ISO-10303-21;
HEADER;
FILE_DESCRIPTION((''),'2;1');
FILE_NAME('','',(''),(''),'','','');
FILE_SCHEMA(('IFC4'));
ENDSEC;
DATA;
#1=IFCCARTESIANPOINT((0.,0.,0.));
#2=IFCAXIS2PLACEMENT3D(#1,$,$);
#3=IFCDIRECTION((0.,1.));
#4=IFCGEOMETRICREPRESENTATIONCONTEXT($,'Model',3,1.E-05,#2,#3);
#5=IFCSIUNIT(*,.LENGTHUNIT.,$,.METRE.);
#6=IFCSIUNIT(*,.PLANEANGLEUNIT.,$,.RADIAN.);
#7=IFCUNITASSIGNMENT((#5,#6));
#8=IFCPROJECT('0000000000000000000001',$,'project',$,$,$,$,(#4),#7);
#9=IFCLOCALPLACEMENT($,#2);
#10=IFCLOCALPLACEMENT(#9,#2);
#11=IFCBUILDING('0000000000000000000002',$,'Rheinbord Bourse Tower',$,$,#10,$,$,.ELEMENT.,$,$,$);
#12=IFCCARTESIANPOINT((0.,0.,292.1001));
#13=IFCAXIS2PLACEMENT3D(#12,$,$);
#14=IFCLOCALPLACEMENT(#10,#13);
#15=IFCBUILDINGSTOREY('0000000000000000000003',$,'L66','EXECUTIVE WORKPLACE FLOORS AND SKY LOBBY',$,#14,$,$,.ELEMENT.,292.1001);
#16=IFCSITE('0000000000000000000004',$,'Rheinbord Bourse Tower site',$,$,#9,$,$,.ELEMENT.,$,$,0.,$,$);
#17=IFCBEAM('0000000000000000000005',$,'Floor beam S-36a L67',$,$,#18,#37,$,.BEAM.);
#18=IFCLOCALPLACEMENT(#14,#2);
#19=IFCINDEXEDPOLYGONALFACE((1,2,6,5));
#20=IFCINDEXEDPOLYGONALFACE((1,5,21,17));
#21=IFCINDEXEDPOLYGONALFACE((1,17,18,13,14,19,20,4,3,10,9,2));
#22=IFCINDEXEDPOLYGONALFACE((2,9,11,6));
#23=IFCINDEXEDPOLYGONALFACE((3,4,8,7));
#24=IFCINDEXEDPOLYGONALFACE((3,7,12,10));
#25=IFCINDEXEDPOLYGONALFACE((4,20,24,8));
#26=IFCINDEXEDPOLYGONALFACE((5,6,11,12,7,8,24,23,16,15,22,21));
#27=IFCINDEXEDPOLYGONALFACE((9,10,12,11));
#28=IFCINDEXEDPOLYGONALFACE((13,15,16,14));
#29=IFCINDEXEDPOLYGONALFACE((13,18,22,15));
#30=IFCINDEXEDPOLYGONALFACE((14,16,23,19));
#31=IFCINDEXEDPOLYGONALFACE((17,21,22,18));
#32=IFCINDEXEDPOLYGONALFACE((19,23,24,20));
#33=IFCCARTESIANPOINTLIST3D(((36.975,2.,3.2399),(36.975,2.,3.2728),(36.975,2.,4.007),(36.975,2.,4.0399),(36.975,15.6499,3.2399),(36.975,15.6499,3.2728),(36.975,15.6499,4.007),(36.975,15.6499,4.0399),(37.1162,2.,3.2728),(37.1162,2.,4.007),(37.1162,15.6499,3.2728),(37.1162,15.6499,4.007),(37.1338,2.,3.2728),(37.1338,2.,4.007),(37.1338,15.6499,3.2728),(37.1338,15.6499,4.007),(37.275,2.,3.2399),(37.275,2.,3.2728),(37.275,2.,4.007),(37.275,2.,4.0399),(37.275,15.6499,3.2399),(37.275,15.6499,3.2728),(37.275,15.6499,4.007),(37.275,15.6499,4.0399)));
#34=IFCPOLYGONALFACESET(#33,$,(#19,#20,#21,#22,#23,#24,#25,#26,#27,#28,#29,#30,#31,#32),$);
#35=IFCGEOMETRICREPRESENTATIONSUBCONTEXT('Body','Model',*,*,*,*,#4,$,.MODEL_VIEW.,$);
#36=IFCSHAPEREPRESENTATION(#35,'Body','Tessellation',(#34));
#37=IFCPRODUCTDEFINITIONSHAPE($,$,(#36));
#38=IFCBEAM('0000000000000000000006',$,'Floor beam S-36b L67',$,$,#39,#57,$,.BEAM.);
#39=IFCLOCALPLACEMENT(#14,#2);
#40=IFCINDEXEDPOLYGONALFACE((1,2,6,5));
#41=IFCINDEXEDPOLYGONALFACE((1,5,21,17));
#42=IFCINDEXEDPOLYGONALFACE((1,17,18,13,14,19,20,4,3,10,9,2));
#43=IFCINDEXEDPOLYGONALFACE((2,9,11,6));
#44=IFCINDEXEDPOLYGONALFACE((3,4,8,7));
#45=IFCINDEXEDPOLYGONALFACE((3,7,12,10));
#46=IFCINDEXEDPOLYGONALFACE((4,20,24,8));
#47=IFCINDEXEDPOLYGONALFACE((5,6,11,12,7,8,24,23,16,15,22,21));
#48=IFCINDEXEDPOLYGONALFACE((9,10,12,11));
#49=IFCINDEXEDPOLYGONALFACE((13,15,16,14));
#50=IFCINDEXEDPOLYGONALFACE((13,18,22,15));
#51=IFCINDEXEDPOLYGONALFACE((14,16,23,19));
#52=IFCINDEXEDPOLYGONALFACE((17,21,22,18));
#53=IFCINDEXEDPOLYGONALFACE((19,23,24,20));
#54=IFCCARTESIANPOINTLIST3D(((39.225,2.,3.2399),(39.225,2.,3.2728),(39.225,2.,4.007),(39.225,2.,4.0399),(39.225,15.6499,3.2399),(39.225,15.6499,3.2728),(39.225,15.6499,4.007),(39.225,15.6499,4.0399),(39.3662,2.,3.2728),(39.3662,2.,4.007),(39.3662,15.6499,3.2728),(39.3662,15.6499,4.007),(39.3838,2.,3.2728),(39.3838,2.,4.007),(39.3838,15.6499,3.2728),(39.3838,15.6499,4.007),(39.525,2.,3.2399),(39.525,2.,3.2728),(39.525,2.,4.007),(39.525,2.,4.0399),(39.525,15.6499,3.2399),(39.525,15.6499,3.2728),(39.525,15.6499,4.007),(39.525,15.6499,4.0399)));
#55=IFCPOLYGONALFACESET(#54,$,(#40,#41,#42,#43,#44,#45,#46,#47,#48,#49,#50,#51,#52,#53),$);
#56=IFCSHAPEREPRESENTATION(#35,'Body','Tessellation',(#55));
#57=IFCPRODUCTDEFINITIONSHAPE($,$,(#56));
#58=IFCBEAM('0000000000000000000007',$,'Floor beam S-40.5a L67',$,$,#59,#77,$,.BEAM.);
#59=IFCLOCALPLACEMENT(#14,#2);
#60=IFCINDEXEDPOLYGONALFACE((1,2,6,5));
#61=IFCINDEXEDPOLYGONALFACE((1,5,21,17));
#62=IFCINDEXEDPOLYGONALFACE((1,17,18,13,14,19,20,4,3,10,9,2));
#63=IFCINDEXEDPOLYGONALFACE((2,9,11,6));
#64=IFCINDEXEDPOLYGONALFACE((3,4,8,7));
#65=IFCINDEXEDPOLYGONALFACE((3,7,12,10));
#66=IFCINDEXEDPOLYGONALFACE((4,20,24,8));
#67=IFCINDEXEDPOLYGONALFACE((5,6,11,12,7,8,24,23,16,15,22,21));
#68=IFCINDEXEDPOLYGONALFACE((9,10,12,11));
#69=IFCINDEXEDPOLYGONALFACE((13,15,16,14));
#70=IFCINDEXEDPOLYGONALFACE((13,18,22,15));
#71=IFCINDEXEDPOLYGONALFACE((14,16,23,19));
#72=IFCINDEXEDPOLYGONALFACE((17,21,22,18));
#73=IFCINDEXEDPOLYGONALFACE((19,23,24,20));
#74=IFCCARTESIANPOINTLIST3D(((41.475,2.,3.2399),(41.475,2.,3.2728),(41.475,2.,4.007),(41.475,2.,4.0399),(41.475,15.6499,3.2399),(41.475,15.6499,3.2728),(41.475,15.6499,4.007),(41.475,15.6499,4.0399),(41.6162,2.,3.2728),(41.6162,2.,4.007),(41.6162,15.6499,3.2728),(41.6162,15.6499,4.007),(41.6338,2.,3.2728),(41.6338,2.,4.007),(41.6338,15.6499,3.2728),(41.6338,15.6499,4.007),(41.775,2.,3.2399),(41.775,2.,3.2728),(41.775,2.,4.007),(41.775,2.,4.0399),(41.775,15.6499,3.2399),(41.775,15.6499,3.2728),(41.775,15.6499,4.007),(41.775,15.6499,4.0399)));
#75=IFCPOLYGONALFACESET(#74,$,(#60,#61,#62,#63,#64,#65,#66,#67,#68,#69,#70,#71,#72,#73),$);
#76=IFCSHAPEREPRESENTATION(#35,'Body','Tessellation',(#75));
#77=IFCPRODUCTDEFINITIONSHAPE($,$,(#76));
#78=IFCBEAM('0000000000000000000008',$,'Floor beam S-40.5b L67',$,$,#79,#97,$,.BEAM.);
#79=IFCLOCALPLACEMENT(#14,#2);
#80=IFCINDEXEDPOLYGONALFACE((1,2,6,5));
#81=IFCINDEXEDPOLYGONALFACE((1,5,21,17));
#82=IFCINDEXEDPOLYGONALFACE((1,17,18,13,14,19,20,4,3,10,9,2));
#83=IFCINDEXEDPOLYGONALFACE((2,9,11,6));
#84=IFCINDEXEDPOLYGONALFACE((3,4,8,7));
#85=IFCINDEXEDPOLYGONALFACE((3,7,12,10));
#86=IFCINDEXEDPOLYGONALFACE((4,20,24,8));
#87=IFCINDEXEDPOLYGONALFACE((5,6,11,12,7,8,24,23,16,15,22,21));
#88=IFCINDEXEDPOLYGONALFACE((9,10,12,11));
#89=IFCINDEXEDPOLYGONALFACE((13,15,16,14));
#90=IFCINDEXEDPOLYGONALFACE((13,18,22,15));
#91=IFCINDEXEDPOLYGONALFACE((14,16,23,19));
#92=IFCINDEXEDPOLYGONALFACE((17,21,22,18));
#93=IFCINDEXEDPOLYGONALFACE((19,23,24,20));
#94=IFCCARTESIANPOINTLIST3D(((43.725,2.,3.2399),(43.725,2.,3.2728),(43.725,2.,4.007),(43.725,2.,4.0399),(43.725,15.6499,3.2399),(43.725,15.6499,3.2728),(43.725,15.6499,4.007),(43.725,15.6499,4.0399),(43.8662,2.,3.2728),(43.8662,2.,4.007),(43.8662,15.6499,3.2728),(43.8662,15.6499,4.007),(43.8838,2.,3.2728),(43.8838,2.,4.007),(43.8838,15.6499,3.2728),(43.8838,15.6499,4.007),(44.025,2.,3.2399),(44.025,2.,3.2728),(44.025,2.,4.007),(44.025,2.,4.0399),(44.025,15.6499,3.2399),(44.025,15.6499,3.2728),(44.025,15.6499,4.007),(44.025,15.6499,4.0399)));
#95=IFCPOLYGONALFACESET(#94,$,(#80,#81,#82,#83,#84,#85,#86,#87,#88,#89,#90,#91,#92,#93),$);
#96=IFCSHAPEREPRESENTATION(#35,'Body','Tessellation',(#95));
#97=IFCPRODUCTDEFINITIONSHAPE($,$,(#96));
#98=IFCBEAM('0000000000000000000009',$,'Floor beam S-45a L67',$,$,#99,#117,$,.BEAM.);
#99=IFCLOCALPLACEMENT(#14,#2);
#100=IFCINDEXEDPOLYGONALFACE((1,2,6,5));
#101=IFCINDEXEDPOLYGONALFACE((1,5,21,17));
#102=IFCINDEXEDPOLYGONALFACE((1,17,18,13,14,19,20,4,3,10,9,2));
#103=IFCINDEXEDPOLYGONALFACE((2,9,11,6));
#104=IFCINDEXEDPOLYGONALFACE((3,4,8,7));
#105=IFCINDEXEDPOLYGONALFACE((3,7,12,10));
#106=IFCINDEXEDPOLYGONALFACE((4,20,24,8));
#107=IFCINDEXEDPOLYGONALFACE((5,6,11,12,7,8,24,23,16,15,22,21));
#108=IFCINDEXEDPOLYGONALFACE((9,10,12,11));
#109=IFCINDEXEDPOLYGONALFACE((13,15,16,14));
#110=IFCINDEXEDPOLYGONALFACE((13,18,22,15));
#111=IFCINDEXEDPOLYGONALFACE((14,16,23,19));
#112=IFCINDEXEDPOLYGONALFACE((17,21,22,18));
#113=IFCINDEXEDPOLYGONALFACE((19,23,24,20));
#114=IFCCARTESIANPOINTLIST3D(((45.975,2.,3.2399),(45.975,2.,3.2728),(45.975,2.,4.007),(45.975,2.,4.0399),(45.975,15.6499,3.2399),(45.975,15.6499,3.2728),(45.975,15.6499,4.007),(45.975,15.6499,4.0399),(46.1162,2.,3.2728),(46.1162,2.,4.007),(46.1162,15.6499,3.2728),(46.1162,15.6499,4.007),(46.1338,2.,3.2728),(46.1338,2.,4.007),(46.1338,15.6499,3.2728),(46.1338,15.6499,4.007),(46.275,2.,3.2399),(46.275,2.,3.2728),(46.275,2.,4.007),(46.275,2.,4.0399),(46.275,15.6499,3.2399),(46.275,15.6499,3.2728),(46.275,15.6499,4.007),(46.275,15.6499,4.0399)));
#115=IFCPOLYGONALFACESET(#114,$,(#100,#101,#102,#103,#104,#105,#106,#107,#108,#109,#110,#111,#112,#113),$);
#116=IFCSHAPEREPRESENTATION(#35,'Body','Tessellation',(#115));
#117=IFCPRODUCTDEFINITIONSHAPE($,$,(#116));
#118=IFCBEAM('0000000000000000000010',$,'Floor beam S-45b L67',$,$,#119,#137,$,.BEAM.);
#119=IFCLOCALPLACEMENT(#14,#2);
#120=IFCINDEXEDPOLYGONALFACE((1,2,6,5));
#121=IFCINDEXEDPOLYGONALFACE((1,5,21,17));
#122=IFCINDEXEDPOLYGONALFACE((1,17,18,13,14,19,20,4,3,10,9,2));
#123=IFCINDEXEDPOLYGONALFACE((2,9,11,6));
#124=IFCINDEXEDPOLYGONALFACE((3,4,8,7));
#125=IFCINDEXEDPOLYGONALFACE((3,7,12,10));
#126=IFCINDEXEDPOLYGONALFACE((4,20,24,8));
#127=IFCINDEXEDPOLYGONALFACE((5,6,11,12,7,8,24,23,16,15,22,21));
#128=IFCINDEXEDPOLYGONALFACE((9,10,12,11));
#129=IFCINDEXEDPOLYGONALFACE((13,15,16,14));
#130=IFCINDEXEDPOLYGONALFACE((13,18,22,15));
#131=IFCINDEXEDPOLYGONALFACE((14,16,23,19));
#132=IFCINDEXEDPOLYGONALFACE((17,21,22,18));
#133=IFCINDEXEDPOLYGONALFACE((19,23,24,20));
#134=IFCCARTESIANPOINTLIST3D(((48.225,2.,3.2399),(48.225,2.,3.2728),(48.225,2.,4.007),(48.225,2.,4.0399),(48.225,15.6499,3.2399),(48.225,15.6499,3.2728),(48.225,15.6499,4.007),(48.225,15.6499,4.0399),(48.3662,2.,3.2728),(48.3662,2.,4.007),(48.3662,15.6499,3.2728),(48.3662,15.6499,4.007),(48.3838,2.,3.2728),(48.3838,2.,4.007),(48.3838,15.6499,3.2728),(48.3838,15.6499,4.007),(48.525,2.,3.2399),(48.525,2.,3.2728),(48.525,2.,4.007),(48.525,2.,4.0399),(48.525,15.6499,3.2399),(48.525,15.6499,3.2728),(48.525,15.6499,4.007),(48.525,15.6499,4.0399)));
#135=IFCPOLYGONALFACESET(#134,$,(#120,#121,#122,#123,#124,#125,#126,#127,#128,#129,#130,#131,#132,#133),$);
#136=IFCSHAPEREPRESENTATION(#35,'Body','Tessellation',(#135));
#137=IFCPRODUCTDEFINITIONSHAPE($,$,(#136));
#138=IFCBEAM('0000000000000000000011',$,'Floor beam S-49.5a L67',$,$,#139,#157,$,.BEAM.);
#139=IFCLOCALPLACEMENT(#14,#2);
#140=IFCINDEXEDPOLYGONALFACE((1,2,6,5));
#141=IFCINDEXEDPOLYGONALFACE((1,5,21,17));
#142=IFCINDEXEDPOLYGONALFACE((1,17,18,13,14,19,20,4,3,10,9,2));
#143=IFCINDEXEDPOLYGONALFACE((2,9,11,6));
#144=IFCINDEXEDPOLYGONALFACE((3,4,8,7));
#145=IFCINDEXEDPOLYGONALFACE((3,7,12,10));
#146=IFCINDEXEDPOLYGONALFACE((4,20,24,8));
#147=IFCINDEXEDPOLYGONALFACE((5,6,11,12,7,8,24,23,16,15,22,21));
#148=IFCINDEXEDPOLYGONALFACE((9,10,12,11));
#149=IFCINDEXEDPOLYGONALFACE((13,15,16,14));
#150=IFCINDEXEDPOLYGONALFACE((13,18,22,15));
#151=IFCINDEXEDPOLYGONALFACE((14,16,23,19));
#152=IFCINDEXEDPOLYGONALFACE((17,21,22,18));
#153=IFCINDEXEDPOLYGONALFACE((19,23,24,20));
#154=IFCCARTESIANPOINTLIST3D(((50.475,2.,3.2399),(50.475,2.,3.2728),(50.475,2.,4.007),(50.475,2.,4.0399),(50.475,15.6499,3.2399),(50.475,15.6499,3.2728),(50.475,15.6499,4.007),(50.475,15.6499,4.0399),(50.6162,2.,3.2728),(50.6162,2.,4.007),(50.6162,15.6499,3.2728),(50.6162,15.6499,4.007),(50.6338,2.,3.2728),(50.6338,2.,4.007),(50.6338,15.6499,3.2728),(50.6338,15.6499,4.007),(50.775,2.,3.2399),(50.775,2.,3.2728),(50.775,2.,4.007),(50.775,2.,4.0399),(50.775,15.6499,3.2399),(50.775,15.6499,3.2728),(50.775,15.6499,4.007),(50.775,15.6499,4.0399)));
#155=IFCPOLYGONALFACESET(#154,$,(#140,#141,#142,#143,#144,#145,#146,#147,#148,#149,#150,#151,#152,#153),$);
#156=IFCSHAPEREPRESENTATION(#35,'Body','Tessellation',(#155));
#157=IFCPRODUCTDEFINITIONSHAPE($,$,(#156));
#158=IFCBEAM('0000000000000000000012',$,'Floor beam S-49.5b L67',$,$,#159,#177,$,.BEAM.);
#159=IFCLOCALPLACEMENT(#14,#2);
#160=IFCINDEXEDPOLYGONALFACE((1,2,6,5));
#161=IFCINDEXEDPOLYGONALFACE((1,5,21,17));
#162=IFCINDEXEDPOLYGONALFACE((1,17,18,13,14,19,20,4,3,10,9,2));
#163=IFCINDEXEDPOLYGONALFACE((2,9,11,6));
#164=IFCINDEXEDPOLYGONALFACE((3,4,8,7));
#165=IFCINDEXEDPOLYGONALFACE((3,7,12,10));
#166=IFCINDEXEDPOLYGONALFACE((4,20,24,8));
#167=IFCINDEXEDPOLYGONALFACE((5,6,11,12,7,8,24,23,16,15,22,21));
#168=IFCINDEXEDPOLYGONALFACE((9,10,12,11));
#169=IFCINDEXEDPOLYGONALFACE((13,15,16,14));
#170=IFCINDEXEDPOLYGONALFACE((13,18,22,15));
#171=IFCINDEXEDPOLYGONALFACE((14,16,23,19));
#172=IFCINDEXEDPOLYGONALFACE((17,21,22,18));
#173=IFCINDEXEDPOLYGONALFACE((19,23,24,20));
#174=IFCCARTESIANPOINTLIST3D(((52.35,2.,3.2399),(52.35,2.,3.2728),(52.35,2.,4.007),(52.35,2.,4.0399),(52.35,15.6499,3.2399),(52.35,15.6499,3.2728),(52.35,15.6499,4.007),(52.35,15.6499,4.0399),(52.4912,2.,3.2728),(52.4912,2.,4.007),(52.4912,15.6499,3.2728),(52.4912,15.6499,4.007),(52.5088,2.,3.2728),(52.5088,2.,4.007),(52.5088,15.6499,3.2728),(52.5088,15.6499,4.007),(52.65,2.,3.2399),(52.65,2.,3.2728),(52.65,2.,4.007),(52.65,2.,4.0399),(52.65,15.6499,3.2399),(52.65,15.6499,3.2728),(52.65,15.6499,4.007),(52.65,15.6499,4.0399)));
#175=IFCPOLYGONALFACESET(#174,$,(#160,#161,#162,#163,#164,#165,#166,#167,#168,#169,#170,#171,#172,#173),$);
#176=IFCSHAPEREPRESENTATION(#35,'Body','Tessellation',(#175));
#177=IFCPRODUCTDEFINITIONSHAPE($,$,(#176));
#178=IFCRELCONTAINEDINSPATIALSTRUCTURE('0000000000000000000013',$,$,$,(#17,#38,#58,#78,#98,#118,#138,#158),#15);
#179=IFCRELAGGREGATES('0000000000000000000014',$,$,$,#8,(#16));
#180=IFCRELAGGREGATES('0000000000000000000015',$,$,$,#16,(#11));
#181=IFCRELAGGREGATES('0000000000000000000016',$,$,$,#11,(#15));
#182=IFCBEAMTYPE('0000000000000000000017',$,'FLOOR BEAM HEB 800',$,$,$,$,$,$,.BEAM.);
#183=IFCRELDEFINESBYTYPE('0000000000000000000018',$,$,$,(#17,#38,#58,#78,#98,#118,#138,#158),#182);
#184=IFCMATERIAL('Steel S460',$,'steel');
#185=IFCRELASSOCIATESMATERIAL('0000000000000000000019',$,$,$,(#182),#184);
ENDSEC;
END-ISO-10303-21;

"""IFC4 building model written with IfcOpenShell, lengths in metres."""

from ifc_helpers import new_model, si_unit, direction, frame, origin, origin_2d, place, context, subcontext, project, spatial, i_section, extrude, material, material_profile, profile_set, type_object, element, save


model = new_model("IFC4")

# Units and contexts
model_context = context("Model", 3, precision=1e-05, world=origin(), true_north=direction((0.0, 1.0)))
body_context = subcontext(model_context, "Body", "Model", "MODEL_VIEW")
ifc_project = project(units=[si_unit("LENGTHUNIT", "METRE"), si_unit("PLANEANGLEUNIT", "RADIAN")], contexts=[model_context])

# Site, building, storey
site_placement = place(None, origin())
site = spatial("IfcSite", under=ifc_project, at=site_placement, Name="Rheinbord Bourse Tower site", CompositionType="ELEMENT", RefElevation=0.0)
building_placement = place(site_placement, origin())
building = spatial("IfcBuilding", under=site, at=building_placement, Name="Rheinbord Bourse Tower", CompositionType="ELEMENT")
storey_placement = place(building_placement, frame((0.0, 0.0, 292.1001)))
storey = spatial("IfcBuildingStorey", under=building, at=storey_placement, Name="L66", Description="EXECUTIVE WORKPLACE FLOORS AND SKY LOBBY", CompositionType="ELEMENT", Elevation=292.1001)

# Beams
ifc_material_1 = material(Name="Steel S460", Category="steel")
ifc_material_profile_1 = material_profile(ifc_material_1, i_section(OverallWidth=0.3, OverallDepth=0.8, WebThickness=0.0176, FlangeThickness=0.033, at=origin_2d()), Name="HEB 800")
ifc_profile_set_1 = profile_set([ifc_material_profile_1], Name="Steel S460")
beam_type_1 = type_object("IfcBeamType", Name="FLOOR BEAM HEB 800", PredefinedType="BEAM", material=ifc_profile_set_1)
for number, where, z_axis, x_axis, name in (
    (1, (37.125, 2.0, 3.6399), (0.0, 1.0, 0.0), (-1.0, 0.0, 0.0), "Floor beam S-36a L67"),
    (2, (39.375, 2.0, 3.6399), (0.0, 1.0, 0.0), (-1.0, 0.0, 0.0), "Floor beam S-36b L67"),
    (3, (41.625, 2.0, 3.6399), (0.0, 1.0, 0.0), (-1.0, 0.0, 0.0), "Floor beam S-40.5a L67"),
    (4, (43.875, 2.0, 3.6399), (0.0, 1.0, 0.0), (-1.0, 0.0, 0.0), "Floor beam S-40.5b L67"),
    (5, (46.125, 2.0, 3.6399), (0.0, 1.0, 0.0), (-1.0, 0.0, 0.0), "Floor beam S-45a L67"),
    (6, (48.375, 2.0, 3.6399), (0.0, 1.0, 0.0), (-1.0, 0.0, 0.0), "Floor beam S-45b L67"),
    (7, (50.625, 2.0, 3.6399), (0.0, 1.0, 0.0), (-1.0, 0.0, 0.0), "Floor beam S-49.5a L67"),
    (8, (52.5, 2.0, 3.6399), (0.0, 1.0, 0.0), (-1.0, 0.0, 0.0), "Floor beam S-49.5b L67"),
):
    element("IfcBeam", number, at=place(storey_placement, frame(where, z_axis=z_axis, x_axis=x_axis)), inside=storey, type_object=beam_type_1, Name=name, PredefinedType="BEAM", context=body_context, shape_type="SweptSolid", body=[
        extrude(i_section(OverallWidth=0.3, OverallDepth=0.8, WebThickness=0.0176, FlangeThickness=0.033, at=origin_2d()), origin(), (0.0, 0.0, 1.0), 13.6499),
    ])

save(model, "model.ifc")
